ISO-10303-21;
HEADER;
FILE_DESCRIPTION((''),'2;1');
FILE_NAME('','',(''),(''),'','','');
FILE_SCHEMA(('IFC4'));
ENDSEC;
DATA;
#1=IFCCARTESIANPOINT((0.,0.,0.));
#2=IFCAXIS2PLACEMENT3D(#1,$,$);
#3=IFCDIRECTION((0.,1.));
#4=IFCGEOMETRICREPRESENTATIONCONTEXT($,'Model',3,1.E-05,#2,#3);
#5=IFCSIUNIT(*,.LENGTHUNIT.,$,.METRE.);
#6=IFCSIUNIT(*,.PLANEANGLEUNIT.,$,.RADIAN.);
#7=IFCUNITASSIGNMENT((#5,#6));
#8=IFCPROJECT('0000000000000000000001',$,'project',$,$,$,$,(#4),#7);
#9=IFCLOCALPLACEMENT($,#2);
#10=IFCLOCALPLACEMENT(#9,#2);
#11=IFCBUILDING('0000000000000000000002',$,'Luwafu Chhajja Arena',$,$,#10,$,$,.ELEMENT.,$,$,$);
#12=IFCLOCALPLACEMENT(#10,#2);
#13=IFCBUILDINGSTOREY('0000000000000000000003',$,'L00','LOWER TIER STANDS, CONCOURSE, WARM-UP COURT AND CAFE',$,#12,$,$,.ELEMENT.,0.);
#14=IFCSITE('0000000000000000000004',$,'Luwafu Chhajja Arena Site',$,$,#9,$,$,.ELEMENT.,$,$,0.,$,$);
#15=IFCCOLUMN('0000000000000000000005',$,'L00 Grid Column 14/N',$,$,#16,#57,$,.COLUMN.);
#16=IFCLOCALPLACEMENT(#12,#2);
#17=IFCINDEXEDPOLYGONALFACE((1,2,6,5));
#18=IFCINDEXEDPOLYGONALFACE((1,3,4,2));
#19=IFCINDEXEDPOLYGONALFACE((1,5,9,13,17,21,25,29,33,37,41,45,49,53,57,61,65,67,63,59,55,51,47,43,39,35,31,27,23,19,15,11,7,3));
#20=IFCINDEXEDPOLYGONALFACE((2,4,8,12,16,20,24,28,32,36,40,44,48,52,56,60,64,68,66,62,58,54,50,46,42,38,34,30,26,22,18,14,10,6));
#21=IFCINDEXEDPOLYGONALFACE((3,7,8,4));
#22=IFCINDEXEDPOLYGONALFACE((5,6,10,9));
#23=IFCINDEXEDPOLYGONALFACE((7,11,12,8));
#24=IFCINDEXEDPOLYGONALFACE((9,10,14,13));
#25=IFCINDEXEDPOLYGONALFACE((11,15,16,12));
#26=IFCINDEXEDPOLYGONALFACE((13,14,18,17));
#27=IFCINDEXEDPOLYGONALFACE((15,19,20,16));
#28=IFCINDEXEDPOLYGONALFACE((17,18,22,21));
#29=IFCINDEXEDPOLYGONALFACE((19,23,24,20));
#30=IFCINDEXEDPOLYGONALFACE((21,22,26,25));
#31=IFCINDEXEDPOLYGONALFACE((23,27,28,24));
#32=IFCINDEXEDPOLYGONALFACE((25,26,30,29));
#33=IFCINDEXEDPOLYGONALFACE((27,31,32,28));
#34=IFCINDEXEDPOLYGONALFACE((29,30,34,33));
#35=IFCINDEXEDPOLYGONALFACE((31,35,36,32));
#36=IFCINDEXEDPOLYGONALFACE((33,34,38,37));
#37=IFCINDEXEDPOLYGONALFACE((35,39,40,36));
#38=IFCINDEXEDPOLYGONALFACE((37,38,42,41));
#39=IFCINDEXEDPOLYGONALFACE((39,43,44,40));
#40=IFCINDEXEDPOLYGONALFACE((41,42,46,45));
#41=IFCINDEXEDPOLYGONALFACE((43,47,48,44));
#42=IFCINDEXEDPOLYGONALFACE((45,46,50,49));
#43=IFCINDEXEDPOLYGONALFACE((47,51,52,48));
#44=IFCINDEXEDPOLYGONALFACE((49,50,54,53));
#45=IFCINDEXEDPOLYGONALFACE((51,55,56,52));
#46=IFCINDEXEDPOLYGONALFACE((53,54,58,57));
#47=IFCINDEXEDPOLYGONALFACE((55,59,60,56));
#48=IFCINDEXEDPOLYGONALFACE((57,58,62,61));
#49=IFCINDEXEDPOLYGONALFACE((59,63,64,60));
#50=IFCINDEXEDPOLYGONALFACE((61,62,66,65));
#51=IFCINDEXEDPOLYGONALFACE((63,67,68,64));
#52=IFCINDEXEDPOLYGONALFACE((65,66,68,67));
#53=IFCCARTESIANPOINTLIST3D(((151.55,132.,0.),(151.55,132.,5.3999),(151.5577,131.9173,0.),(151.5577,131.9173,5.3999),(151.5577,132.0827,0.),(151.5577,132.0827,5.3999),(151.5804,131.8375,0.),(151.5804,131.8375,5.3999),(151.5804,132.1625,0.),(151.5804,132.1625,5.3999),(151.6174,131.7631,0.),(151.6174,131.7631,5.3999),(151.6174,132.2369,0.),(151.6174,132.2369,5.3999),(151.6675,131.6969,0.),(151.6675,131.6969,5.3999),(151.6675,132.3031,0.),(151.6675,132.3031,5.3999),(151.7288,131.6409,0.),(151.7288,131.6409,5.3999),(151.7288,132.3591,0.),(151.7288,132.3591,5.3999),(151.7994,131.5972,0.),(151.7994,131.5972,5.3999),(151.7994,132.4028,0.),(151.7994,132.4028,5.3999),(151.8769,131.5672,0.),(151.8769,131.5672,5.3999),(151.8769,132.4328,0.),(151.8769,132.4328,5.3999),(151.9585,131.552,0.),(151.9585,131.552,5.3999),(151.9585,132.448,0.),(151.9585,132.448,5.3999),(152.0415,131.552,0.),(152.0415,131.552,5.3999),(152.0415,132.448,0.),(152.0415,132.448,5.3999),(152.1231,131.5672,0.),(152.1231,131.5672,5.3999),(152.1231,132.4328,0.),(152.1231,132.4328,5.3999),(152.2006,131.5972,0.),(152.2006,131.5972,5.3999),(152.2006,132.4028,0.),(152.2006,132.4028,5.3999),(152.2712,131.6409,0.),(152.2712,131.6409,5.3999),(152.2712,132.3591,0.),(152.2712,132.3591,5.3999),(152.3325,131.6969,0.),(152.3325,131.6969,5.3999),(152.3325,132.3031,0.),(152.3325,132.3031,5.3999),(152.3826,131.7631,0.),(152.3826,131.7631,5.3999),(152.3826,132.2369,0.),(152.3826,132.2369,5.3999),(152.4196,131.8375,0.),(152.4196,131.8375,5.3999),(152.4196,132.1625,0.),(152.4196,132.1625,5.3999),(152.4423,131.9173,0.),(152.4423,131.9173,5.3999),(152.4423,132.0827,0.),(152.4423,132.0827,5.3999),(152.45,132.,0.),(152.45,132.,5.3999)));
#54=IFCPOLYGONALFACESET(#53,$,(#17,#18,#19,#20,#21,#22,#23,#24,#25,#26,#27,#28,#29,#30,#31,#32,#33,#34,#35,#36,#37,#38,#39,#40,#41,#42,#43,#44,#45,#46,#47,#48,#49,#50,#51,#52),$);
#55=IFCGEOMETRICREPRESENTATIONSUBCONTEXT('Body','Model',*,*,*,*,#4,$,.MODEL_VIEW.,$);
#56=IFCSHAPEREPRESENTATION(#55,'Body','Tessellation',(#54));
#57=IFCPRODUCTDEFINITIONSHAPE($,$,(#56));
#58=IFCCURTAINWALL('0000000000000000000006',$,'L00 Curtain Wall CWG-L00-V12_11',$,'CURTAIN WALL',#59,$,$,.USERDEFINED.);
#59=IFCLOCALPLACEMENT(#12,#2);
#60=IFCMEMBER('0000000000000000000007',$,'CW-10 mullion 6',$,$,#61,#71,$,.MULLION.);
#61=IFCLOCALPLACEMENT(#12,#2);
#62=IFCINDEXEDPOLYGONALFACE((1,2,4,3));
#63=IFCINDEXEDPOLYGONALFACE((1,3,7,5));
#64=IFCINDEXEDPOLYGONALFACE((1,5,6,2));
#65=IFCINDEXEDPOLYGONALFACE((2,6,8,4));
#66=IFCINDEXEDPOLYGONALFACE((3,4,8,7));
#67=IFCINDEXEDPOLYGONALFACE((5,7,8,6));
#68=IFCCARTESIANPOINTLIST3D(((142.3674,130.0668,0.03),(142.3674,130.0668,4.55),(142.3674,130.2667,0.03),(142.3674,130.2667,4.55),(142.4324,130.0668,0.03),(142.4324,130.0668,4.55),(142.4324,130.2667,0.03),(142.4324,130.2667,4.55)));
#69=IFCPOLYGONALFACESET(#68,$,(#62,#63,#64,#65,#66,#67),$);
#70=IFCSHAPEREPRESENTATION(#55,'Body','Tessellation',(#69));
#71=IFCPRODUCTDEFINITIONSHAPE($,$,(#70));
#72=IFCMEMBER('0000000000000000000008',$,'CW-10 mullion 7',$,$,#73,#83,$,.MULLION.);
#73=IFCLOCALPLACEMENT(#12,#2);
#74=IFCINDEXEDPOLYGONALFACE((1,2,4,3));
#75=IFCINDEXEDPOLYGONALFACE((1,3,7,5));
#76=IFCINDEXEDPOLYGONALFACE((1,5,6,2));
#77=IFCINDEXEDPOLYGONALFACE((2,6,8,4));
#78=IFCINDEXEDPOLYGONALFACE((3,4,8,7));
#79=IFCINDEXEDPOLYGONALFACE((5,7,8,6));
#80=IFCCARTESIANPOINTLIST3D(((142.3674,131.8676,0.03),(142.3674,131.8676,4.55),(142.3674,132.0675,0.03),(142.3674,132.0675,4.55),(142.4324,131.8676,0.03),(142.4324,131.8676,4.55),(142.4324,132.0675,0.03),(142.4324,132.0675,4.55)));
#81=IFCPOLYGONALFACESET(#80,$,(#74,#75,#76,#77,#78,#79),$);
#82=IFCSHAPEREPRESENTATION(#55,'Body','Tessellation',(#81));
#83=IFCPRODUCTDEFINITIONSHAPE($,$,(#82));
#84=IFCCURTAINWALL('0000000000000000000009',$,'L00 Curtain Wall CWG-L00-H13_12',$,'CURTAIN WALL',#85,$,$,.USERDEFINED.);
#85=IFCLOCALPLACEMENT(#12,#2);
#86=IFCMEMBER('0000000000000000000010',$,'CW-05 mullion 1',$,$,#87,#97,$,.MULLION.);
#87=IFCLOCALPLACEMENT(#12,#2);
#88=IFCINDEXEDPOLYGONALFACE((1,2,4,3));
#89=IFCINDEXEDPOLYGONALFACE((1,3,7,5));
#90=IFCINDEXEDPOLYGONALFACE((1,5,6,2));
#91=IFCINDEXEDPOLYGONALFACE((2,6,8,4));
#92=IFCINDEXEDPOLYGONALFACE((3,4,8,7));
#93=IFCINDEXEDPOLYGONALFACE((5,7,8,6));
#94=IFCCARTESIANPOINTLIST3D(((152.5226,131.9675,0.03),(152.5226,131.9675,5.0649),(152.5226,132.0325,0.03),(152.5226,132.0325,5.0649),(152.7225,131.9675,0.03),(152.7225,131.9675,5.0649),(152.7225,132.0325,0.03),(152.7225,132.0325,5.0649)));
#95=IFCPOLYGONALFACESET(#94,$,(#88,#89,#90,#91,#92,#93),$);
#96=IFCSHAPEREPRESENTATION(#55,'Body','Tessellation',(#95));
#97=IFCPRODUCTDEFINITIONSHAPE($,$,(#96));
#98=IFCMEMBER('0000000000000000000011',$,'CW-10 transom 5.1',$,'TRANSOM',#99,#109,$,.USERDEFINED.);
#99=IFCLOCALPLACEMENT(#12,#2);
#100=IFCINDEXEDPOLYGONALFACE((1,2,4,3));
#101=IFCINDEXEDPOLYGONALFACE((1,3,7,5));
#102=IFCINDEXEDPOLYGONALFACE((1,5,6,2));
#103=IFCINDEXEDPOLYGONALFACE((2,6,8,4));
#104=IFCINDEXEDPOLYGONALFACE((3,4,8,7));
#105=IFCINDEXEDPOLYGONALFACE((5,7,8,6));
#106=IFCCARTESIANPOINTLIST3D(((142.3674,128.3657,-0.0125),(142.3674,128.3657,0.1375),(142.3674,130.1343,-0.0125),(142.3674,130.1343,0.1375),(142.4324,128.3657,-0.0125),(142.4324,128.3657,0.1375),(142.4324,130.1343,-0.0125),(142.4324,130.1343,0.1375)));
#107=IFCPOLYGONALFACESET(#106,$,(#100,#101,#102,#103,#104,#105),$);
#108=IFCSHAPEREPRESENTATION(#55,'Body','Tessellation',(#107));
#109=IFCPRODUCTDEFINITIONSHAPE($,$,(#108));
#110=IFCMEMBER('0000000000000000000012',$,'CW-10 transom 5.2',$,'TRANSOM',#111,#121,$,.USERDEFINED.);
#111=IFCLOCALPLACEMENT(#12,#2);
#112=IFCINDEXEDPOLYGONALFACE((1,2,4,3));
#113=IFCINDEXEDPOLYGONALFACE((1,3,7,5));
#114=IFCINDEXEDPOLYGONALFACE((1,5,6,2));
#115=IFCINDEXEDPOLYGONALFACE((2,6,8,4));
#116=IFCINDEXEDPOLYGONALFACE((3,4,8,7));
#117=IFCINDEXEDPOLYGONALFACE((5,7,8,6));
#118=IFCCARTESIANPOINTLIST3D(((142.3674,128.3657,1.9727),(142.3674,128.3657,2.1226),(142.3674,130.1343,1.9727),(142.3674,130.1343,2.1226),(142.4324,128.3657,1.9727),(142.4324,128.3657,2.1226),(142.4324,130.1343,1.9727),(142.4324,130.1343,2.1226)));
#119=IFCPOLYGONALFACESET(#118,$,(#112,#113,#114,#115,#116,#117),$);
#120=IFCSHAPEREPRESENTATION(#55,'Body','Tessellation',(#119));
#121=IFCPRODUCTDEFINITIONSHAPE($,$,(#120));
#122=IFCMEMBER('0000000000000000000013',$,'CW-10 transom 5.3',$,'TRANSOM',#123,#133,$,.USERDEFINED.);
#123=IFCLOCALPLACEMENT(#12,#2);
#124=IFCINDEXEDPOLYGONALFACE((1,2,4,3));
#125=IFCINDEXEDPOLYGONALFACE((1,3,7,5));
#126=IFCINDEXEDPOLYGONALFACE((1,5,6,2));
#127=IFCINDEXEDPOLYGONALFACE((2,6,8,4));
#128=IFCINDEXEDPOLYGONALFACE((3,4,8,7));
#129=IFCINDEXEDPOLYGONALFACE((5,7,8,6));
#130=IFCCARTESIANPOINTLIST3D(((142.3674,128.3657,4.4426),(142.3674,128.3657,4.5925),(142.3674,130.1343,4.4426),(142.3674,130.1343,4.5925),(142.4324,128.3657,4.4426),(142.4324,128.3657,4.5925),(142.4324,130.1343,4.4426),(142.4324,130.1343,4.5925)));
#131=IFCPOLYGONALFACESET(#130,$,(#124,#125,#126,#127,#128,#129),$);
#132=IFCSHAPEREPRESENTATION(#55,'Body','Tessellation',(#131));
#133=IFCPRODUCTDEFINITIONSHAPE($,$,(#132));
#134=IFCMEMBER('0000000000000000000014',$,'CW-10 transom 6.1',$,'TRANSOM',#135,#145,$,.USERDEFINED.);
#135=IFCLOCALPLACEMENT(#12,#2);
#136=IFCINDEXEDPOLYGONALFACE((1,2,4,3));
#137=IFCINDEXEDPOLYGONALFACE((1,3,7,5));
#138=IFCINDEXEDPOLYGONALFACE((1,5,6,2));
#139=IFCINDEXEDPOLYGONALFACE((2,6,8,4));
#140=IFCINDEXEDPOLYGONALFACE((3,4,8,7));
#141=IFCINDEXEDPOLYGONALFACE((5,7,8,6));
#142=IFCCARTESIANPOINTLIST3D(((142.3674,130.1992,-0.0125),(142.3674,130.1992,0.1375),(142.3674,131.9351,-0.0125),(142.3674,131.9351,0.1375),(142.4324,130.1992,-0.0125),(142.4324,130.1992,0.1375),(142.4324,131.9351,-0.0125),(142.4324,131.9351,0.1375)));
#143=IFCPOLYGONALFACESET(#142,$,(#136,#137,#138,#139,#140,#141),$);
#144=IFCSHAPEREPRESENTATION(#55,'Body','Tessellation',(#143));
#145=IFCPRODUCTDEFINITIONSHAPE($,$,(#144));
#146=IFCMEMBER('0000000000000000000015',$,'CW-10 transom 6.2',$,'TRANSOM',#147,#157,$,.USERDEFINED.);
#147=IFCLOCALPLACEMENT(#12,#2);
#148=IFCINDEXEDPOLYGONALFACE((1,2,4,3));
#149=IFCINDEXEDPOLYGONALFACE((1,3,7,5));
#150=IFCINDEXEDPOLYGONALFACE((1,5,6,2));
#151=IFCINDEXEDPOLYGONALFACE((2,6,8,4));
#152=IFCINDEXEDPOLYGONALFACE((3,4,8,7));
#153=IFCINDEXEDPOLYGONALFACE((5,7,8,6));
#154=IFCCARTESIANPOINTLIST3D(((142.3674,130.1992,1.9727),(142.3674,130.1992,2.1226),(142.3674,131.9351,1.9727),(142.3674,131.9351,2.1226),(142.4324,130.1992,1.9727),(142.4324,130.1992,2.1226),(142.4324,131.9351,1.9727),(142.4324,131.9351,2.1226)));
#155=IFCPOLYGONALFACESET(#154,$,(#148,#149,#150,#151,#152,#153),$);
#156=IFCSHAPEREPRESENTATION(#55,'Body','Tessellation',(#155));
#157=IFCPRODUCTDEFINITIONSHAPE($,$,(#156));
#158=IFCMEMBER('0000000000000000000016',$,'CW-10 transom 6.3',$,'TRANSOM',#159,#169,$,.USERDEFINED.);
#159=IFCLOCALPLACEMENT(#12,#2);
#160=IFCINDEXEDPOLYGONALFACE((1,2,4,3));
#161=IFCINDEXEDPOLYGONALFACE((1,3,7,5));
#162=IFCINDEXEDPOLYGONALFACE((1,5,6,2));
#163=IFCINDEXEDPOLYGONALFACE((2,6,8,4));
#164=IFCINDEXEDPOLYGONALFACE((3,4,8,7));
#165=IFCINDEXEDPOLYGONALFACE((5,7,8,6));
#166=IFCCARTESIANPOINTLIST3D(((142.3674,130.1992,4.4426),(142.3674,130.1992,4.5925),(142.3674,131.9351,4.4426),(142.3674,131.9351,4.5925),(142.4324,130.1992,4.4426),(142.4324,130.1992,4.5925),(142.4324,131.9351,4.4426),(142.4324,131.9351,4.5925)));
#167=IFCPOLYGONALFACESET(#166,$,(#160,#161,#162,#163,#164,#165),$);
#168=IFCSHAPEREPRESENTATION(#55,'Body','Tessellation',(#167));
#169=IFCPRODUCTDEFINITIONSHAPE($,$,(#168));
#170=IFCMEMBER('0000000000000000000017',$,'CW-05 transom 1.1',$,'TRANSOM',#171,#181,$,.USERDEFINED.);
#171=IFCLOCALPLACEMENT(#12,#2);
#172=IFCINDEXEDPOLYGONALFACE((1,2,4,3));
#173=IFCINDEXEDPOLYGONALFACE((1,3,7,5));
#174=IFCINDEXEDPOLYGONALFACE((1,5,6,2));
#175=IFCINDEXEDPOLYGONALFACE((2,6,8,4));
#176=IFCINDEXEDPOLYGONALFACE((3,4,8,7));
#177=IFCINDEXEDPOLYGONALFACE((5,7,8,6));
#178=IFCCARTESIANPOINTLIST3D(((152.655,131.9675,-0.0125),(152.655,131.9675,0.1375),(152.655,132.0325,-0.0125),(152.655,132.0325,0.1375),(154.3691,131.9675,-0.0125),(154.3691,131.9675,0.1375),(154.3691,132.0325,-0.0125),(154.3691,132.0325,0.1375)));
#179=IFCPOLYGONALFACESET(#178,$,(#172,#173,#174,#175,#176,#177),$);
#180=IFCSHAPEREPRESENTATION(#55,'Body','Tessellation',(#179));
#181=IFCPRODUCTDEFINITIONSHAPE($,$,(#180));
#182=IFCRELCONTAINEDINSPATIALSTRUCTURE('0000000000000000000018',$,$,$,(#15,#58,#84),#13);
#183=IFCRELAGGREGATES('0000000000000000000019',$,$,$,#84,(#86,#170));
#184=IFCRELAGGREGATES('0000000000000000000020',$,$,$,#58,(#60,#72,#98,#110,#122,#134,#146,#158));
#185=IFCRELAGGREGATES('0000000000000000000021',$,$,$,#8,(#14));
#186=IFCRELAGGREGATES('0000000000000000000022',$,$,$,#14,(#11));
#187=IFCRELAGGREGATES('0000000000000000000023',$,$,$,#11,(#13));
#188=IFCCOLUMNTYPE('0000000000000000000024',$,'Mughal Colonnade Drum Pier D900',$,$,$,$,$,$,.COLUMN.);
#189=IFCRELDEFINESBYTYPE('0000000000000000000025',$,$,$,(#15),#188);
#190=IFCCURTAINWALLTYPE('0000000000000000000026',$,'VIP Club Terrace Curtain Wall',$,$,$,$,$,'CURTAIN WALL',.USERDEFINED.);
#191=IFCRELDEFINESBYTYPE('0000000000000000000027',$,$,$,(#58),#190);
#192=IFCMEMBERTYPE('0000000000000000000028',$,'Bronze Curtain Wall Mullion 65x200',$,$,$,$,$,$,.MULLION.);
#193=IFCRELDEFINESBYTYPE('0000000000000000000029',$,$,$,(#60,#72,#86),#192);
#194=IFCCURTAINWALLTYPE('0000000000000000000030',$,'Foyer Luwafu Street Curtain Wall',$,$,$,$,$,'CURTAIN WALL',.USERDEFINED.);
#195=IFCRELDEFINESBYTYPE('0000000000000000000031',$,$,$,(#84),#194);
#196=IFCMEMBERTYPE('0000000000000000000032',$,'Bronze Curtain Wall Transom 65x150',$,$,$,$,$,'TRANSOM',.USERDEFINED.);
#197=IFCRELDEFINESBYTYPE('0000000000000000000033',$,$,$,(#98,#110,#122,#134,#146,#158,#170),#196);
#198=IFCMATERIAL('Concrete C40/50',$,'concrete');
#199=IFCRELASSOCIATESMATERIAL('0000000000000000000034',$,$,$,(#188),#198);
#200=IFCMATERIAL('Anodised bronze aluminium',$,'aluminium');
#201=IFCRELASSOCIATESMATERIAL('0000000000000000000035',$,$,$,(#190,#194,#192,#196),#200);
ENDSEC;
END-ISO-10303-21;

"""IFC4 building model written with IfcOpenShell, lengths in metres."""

from ifc_helpers import new_model, si_unit, direction, frame, origin, origin_2d, place, context, subcontext, project, spatial, rectangle, circle, extrude, material, material_profile, profile_set, type_object, element, aggregate, save


model = new_model("IFC4")

# Units and contexts
model_context = context("Model", 3, precision=1e-05, world=origin(), true_north=direction((0.0, 1.0)))
body_context = subcontext(model_context, "Body", "Model", "MODEL_VIEW")
ifc_project = project(units=[si_unit("LENGTHUNIT", "METRE"), si_unit("PLANEANGLEUNIT", "RADIAN")], contexts=[model_context])

# Site, building, storey
site_placement = place(None, origin())
site = spatial("IfcSite", under=ifc_project, at=site_placement, Name="Luwafu Chhajja Arena Site", CompositionType="ELEMENT", RefElevation=0.0)
building_placement = place(site_placement, origin())
building = spatial("IfcBuilding", under=site, at=building_placement, Name="Luwafu Chhajja Arena", CompositionType="ELEMENT")
storey_placement = place(building_placement, origin())
storey = spatial("IfcBuildingStorey", under=building, at=storey_placement, Name="L00", Description="LOWER TIER STANDS, CONCOURSE, WARM-UP COURT AND CAFE", CompositionType="ELEMENT", Elevation=0.0)

# Column
ifc_material_1 = material(Name="Concrete C40/50", Category="concrete")
ifc_material_profile_1 = material_profile(ifc_material_1, circle(Radius=0.45, at=origin_2d()), Name="RC COL D900")
ifc_profile_set_1 = profile_set([ifc_material_profile_1], Name="Concrete C40/50")
column_type = type_object("IfcColumnType", Name="Mughal Colonnade Drum Pier D900", PredefinedType="COLUMN", material=ifc_profile_set_1)
column_placement = place(storey_placement, frame((152.0, 132.0, 0.0), z_axis=(0.0, 0.0, 1.0), x_axis=(1.0, 0.0, 0.0)))
element("IfcColumn", 1, at=column_placement, inside=storey, type_object=column_type, Name="L00 Grid Column 14/N", PredefinedType="COLUMN", context=body_context, shape_type="SweptSolid", body=[
    extrude(circle(Radius=0.45, at=origin_2d()), origin(), (0.0, 0.0, 1.0), 5.3999),
])

# Curtain wall, members
ifc_material_2 = material(Name="Anodised bronze aluminium", Category="aluminium")
curtain_wall_type_1 = type_object("IfcCurtainWallType", Name="VIP Club Terrace Curtain Wall", ElementType="CURTAIN WALL", PredefinedType="USERDEFINED", material=ifc_material_2)
curtain_wall_1_placement = place(storey_placement, origin())
curtain_wall_1 = element("IfcCurtainWall", 2, at=curtain_wall_1_placement, inside=storey, type_object=curtain_wall_type_1, Name="L00 Curtain Wall CWG-L00-V12_11", ObjectType="CURTAIN WALL", PredefinedType="USERDEFINED")
ifc_material_profile_2 = material_profile(ifc_material_2, rectangle(XDim=0.0649, YDim=0.2, at=origin_2d()), Name="CWM 65x200")
ifc_profile_set_2 = profile_set([ifc_material_profile_2], Name="Anodised bronze aluminium")
member_type_1 = type_object("IfcMemberType", Name="Bronze Curtain Wall Mullion 65x200", PredefinedType="MULLION", material=ifc_profile_set_2)
member_1_placement = place(storey_placement, frame((142.3999, 130.1667, 0.03), z_axis=(0.0, 0.0, 1.0), x_axis=(-1.0, 0.0, 0.0)))
member_1 = element("IfcMember", 3, at=member_1_placement, type_object=member_type_1, Name="CW-10 mullion 6", PredefinedType="MULLION", context=body_context, shape_type="SweptSolid", body=[
    extrude(rectangle(XDim=0.0649, YDim=0.2, at=origin_2d()), origin(), (0.0, 0.0, 1.0), 4.52),
])
member_2_placement = place(storey_placement, frame((142.3999, 131.9675, 0.03), z_axis=(0.0, 0.0, 1.0), x_axis=(-1.0, 0.0, 0.0)))
member_2 = element("IfcMember", 4, at=member_2_placement, type_object=member_type_1, Name="CW-10 mullion 7", PredefinedType="MULLION", context=body_context, shape_type="SweptSolid", body=[
    extrude(rectangle(XDim=0.0649, YDim=0.2, at=origin_2d()), origin(), (0.0, 0.0, 1.0), 4.52),
])

# Curtain wall, member
curtain_wall_type_2 = type_object("IfcCurtainWallType", Name="Foyer Luwafu Street Curtain Wall", ElementType="CURTAIN WALL", PredefinedType="USERDEFINED", material=ifc_material_2)
curtain_wall_2_placement = place(storey_placement, origin())
curtain_wall_2 = element("IfcCurtainWall", 5, at=curtain_wall_2_placement, inside=storey, type_object=curtain_wall_type_2, Name="L00 Curtain Wall CWG-L00-H13_12", ObjectType="CURTAIN WALL", PredefinedType="USERDEFINED")
member_3_placement = place(storey_placement, frame((152.6226, 132.0, 0.03), z_axis=(0.0, 0.0, 1.0), x_axis=(0.0, 1.0, 0.0)))
member_3 = element("IfcMember", 6, at=member_3_placement, type_object=member_type_1, Name="CW-05 mullion 1", PredefinedType="MULLION", context=body_context, shape_type="SweptSolid", body=[
    extrude(rectangle(XDim=0.0649, YDim=0.2, at=origin_2d()), origin(), (0.0, 0.0, 1.0), 5.0349),
])

# Members
ifc_material_profile_3 = material_profile(ifc_material_2, rectangle(XDim=0.0649, YDim=0.1499, at=origin_2d()), Name="CWT 65x150")
ifc_profile_set_3 = profile_set([ifc_material_profile_3], Name="Anodised bronze aluminium")
member_type_2 = type_object("IfcMemberType", Name="Bronze Curtain Wall Transom 65x150", ElementType="TRANSOM", PredefinedType="USERDEFINED", material=ifc_profile_set_3)
member_4_placement = place(storey_placement, frame((142.3999, 128.3657, 0.0625), z_axis=(0.0, 1.0, 0.0), x_axis=(-1.0, 0.0, 0.0)))
member_4 = element("IfcMember", 7, at=member_4_placement, type_object=member_type_2, Name="CW-10 transom 5.1", ObjectType="TRANSOM", PredefinedType="USERDEFINED", context=body_context, shape_type="SweptSolid", body=[
    extrude(rectangle(XDim=0.0649, YDim=0.1499, at=origin_2d()), origin(), (0.0, 0.0, 1.0), 1.7686),
])
member_5_placement = place(storey_placement, frame((142.3999, 128.3657, 2.0476), z_axis=(0.0, 1.0, 0.0), x_axis=(-1.0, 0.0, 0.0)))
member_5 = element("IfcMember", 8, at=member_5_placement, type_object=member_type_2, Name="CW-10 transom 5.2", ObjectType="TRANSOM", PredefinedType="USERDEFINED", context=body_context, shape_type="SweptSolid", body=[
    extrude(rectangle(XDim=0.0649, YDim=0.1499, at=origin_2d()), origin(), (0.0, 0.0, 1.0), 1.7686),
])
member_6_placement = place(storey_placement, frame((142.3999, 128.3657, 4.5176), z_axis=(0.0, 1.0, 0.0), x_axis=(-1.0, 0.0, 0.0)))
member_6 = element("IfcMember", 9, at=member_6_placement, type_object=member_type_2, Name="CW-10 transom 5.3", ObjectType="TRANSOM", PredefinedType="USERDEFINED", context=body_context, shape_type="SweptSolid", body=[
    extrude(rectangle(XDim=0.0649, YDim=0.1499, at=origin_2d()), origin(), (0.0, 0.0, 1.0), 1.7686),
])
member_7_placement = place(storey_placement, frame((142.3999, 130.1992, 0.0625), z_axis=(0.0, 1.0, 0.0), x_axis=(-1.0, 0.0, 0.0)))
member_7 = element("IfcMember", 10, at=member_7_placement, type_object=member_type_2, Name="CW-10 transom 6.1", ObjectType="TRANSOM", PredefinedType="USERDEFINED", context=body_context, shape_type="SweptSolid", body=[
    extrude(rectangle(XDim=0.0649, YDim=0.1499, at=origin_2d()), origin(), (0.0, 0.0, 1.0), 1.7358),
])
member_8_placement = place(storey_placement, frame((142.3999, 130.1992, 2.0476), z_axis=(0.0, 1.0, 0.0), x_axis=(-1.0, 0.0, 0.0)))
member_8 = element("IfcMember", 11, at=member_8_placement, type_object=member_type_2, Name="CW-10 transom 6.2", ObjectType="TRANSOM", PredefinedType="USERDEFINED", context=body_context, shape_type="SweptSolid", body=[
    extrude(rectangle(XDim=0.0649, YDim=0.1499, at=origin_2d()), origin(), (0.0, 0.0, 1.0), 1.7358),
])
member_9_placement = place(storey_placement, frame((142.3999, 130.1992, 4.5176), z_axis=(0.0, 1.0, 0.0), x_axis=(-1.0, 0.0, 0.0)))
member_9 = element("IfcMember", 12, at=member_9_placement, type_object=member_type_2, Name="CW-10 transom 6.3", ObjectType="TRANSOM", PredefinedType="USERDEFINED", context=body_context, shape_type="SweptSolid", body=[
    extrude(rectangle(XDim=0.0649, YDim=0.1499, at=origin_2d()), origin(), (0.0, 0.0, 1.0), 1.7358),
])
member_10_placement = place(storey_placement, frame((152.655, 132.0, 0.0625), z_axis=(1.0, 0.0, 0.0), x_axis=(0.0, 1.0, 0.0)))
member_10 = element("IfcMember", 13, at=member_10_placement, type_object=member_type_2, Name="CW-05 transom 1.1", ObjectType="TRANSOM", PredefinedType="USERDEFINED", context=body_context, shape_type="SweptSolid", body=[
    extrude(rectangle(XDim=0.0649, YDim=0.1499, at=origin_2d()), origin(), (0.0, 0.0, 1.0), 1.7141),
])
aggregate(curtain_wall_2, [member_3, member_10])

aggregate(curtain_wall_1, [member_1, member_2, member_4, member_5, member_6, member_7, member_8, member_9])

save(model, "model.ifc")
